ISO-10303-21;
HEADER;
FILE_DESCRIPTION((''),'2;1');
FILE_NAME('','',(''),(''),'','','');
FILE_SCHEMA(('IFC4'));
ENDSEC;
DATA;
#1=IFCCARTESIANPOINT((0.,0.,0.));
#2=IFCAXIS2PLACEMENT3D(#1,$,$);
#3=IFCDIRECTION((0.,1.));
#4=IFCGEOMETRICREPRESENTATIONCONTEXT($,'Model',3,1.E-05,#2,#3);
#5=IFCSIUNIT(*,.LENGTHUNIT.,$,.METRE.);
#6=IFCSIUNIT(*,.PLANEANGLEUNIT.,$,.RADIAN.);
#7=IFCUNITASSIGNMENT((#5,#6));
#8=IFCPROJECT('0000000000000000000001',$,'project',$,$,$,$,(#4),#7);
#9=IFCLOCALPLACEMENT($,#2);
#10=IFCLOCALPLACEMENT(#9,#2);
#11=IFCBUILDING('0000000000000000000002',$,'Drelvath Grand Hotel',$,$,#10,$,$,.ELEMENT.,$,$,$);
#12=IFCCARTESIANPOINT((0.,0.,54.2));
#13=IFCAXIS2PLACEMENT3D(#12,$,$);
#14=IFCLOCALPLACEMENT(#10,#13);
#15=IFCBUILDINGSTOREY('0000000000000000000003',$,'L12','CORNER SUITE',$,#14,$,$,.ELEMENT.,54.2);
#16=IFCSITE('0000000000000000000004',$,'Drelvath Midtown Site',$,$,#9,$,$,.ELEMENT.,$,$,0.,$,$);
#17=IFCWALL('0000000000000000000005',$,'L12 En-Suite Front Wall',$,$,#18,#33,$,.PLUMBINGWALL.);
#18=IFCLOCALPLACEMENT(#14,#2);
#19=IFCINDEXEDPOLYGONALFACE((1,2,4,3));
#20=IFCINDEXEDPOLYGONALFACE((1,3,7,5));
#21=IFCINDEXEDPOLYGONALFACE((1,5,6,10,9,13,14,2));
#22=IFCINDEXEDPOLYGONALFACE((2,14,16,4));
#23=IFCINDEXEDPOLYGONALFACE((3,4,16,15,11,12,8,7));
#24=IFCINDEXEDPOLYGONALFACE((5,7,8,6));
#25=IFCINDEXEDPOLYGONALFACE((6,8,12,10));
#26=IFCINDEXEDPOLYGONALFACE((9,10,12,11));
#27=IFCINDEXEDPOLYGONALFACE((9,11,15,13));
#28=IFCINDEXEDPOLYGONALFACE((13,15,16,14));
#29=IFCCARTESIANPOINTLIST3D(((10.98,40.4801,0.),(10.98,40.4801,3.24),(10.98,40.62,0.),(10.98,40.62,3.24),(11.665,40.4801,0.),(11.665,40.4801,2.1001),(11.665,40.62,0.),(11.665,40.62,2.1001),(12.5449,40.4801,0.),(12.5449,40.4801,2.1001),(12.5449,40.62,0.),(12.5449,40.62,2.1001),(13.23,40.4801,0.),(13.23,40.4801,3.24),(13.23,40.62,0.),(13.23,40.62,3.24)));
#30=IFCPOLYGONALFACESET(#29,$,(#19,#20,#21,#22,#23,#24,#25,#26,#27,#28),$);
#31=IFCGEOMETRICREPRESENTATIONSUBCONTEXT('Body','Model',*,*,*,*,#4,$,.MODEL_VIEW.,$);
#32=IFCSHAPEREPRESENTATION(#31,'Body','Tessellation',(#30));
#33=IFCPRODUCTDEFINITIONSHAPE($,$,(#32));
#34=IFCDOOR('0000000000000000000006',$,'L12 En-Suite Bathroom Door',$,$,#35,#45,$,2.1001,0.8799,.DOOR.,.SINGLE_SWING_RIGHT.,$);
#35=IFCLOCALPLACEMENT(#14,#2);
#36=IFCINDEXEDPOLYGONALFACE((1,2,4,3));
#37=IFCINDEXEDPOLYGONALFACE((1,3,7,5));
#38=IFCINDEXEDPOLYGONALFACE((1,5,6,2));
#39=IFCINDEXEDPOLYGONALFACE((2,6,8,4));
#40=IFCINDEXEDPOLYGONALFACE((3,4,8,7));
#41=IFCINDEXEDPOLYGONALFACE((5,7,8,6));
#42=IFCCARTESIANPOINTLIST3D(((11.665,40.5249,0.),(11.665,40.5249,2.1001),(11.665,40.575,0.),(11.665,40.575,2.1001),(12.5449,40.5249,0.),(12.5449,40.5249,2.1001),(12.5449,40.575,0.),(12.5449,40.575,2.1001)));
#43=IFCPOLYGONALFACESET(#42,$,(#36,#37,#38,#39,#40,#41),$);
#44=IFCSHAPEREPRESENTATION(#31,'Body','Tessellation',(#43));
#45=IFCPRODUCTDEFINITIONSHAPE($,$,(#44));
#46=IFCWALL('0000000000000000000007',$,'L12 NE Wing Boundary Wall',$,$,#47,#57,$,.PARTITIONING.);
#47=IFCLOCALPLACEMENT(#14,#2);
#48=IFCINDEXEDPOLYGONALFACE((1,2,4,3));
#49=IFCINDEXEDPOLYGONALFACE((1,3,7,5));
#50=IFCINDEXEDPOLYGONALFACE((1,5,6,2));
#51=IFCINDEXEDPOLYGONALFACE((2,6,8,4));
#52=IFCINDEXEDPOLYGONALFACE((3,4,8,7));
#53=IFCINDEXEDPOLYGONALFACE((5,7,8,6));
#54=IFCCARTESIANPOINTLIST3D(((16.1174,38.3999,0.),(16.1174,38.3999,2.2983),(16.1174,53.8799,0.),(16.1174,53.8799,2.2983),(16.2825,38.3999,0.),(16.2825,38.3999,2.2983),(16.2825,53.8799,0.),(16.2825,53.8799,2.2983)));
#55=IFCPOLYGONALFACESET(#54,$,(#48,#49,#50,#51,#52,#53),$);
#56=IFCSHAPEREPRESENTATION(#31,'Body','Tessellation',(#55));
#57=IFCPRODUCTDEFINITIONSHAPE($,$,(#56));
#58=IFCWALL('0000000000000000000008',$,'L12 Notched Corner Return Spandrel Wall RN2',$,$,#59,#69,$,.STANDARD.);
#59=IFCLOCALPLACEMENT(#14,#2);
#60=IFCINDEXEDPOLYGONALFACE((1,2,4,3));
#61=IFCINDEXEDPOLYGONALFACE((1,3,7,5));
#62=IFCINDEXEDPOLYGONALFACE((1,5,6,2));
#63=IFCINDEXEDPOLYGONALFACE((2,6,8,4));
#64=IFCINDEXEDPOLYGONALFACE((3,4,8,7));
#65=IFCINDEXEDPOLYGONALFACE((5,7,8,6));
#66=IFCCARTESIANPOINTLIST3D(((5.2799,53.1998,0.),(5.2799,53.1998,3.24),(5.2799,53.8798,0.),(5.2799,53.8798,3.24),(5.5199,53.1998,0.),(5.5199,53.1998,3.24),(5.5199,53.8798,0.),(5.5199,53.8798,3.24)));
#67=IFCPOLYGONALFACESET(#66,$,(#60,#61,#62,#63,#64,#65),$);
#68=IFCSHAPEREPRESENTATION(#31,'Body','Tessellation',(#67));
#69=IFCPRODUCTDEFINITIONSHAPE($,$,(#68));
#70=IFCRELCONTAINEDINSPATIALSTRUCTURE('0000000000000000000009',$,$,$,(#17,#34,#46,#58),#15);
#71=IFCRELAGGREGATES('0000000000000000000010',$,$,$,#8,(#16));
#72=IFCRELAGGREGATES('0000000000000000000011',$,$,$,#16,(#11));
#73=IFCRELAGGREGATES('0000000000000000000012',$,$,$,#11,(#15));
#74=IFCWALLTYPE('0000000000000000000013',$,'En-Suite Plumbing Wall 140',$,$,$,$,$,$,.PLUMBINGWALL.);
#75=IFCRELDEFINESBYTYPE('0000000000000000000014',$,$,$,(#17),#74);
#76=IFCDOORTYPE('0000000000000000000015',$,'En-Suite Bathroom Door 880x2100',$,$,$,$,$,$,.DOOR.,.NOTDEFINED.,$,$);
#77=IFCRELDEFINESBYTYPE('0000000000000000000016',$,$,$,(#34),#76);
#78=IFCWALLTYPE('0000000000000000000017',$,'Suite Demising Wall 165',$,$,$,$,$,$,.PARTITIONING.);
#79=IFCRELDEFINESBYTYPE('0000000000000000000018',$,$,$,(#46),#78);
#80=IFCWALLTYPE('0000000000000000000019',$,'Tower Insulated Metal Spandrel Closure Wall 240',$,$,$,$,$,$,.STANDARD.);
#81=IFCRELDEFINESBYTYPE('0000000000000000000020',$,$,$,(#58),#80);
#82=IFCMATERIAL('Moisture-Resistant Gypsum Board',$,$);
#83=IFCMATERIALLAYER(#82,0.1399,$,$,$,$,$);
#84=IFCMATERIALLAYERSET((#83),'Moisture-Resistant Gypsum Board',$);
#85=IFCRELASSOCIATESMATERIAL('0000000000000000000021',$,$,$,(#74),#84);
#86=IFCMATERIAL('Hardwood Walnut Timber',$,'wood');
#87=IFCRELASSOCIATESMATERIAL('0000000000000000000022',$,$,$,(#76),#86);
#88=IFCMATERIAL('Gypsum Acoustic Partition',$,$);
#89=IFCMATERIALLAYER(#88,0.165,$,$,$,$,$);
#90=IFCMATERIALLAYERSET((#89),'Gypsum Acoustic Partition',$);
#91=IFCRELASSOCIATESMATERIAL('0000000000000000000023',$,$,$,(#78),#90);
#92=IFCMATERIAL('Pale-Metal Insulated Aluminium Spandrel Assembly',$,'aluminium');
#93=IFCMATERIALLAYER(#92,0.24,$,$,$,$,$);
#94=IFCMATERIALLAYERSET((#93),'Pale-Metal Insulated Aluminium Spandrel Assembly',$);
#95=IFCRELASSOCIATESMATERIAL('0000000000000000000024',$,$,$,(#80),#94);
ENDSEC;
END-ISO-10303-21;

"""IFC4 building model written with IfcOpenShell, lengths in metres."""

from ifc_helpers import new_model, si_unit, direction, frame, frame_2d, origin, place, context, subcontext, project, spatial, rectangle, extrude, material, layer, layer_set, type_object, element, fill, save


model = new_model("IFC4")

# Units and contexts
model_context = context("Model", 3, precision=1e-05, world=origin(), true_north=direction((0.0, 1.0)))
body_context = subcontext(model_context, "Body", "Model", "MODEL_VIEW")
ifc_project = project(units=[si_unit("LENGTHUNIT", "METRE"), si_unit("PLANEANGLEUNIT", "RADIAN")], contexts=[model_context])

# Site, building, storey
site_placement = place(None, origin())
site = spatial("IfcSite", under=ifc_project, at=site_placement, Name="Drelvath Midtown Site", CompositionType="ELEMENT", RefElevation=0.0)
building_placement = place(site_placement, origin())
building = spatial("IfcBuilding", under=site, at=building_placement, Name="Drelvath Grand Hotel", CompositionType="ELEMENT")
storey_placement = place(building_placement, frame((0.0, 0.0, 54.2)))
storey = spatial("IfcBuildingStorey", under=building, at=storey_placement, Name="L12", Description="CORNER SUITE", CompositionType="ELEMENT", Elevation=54.2)

# Shared definitions
ifc_material_1 = material(Name="Moisture-Resistant Gypsum Board")
ifc_layer_1 = layer(ifc_material_1, 0.1399)
ifc_layer_set_1 = layer_set([ifc_layer_1], Name="Moisture-Resistant Gypsum Board")
wall_type_1 = type_object("IfcWallType", Name="En-Suite Plumbing Wall 140", PredefinedType="PLUMBINGWALL", material=ifc_layer_set_1)
ifc_material_2 = material(Name="Hardwood Walnut Timber", Category="wood")
door_type = type_object("IfcDoorType", Name="En-Suite Bathroom Door 880x2100", OperationType="NOTDEFINED", PredefinedType="DOOR", material=ifc_material_2)

# Wall, opening, door
wall_1_placement = place(storey_placement, frame((10.98, 40.55, 0.0), z_axis=(0.0, 0.0, 1.0), x_axis=(1.0, 0.0, 0.0)))
wall_1 = element("IfcWall", 1, at=wall_1_placement, inside=storey, type_object=wall_type_1, Name="L12 En-Suite Front Wall", PredefinedType="PLUMBINGWALL", context=body_context, shape_type="SweptSolid", body=[
    extrude(rectangle(XDim=2.25, YDim=0.1399, at=frame_2d((1.125, 0.0))), origin(), (0.0, 0.0, 1.0), 3.24),
])
opening_1_placement = place(wall_1_placement, frame((0.6851, 0.0, 0.0)))
opening_1 = element("IfcOpeningElement", 2, at=opening_1_placement, cuts=wall_1, PredefinedType="OPENING", context=body_context, shape_type="SweptSolid", body=[
    extrude(rectangle(XDim=0.8799, YDim=2.1001, at=frame_2d((0.4399, 1.05))), frame((0.0, 0.0798, 0.0), z_axis=(0.0, -1.0, 0.0), x_axis=(1.0, 0.0, 0.0)), (0.0, 0.0, 1.0), 0.1599),
])
door_1_placement = place(opening_1_placement, origin())
door_1 = element("IfcDoor", 3, at=door_1_placement, inside=storey, type_object=door_type, Name="L12 En-Suite Bathroom Door", OperationType="SINGLE_SWING_RIGHT", OverallHeight=2.1001, OverallWidth=0.8799, PredefinedType="DOOR", context=body_context, shape_type="SweptSolid", body=[
    extrude(rectangle(XDim=0.8799, YDim=2.1001, at=frame_2d((0.4399, 1.05))), frame((0.0, 0.0249, 0.0), z_axis=(0.0, -1.0, 0.0), x_axis=(1.0, 0.0, 0.0)), (0.0, 0.0, 1.0), 0.05),
])
fill(opening_1, door_1)

# Walls
ifc_material_3 = material(Name="Gypsum Acoustic Partition")
ifc_layer_2 = layer(ifc_material_3, 0.165)
ifc_layer_set_2 = layer_set([ifc_layer_2], Name="Gypsum Acoustic Partition")
wall_type_2 = type_object("IfcWallType", Name="Suite Demising Wall 165", PredefinedType="PARTITIONING", material=ifc_layer_set_2)
wall_2_placement = place(storey_placement, frame((16.2, 38.3999, 0.0), z_axis=(0.0, 0.0, 1.0), x_axis=(0.0, 1.0, 0.0)))
element("IfcWall", 4, at=wall_2_placement, inside=storey, type_object=wall_type_2, Name="L12 NE Wing Boundary Wall", PredefinedType="PARTITIONING", context=body_context, shape_type="SweptSolid", body=[
    extrude(rectangle(XDim=15.48, YDim=0.165, at=frame_2d((7.74, 0.0))), origin(), (0.0, 0.0, 1.0), 2.2983),
])
ifc_material_4 = material(Name="Pale-Metal Insulated Aluminium Spandrel Assembly", Category="aluminium")
ifc_layer_3 = layer(ifc_material_4, 0.24)
ifc_layer_set_3 = layer_set([ifc_layer_3], Name="Pale-Metal Insulated Aluminium Spandrel Assembly")
wall_type_3 = type_object("IfcWallType", Name="Tower Insulated Metal Spandrel Closure Wall 240", PredefinedType="STANDARD", material=ifc_layer_set_3)
wall_3_placement = place(storey_placement, frame((5.3999, 53.2, 0.0), z_axis=(0.0, 0.0, 1.0), x_axis=(0.0, 1.0, 0.0)))
element("IfcWall", 5, at=wall_3_placement, inside=storey, type_object=wall_type_3, Name="L12 Notched Corner Return Spandrel Wall RN2", PredefinedType="STANDARD", context=body_context, shape_type="SweptSolid", body=[
    extrude(rectangle(XDim=0.6799, YDim=0.24, at=frame_2d((0.3398, 0.0))), origin(), (0.0, 0.0, 1.0), 3.24),
])

save(model, "model.ifc")
